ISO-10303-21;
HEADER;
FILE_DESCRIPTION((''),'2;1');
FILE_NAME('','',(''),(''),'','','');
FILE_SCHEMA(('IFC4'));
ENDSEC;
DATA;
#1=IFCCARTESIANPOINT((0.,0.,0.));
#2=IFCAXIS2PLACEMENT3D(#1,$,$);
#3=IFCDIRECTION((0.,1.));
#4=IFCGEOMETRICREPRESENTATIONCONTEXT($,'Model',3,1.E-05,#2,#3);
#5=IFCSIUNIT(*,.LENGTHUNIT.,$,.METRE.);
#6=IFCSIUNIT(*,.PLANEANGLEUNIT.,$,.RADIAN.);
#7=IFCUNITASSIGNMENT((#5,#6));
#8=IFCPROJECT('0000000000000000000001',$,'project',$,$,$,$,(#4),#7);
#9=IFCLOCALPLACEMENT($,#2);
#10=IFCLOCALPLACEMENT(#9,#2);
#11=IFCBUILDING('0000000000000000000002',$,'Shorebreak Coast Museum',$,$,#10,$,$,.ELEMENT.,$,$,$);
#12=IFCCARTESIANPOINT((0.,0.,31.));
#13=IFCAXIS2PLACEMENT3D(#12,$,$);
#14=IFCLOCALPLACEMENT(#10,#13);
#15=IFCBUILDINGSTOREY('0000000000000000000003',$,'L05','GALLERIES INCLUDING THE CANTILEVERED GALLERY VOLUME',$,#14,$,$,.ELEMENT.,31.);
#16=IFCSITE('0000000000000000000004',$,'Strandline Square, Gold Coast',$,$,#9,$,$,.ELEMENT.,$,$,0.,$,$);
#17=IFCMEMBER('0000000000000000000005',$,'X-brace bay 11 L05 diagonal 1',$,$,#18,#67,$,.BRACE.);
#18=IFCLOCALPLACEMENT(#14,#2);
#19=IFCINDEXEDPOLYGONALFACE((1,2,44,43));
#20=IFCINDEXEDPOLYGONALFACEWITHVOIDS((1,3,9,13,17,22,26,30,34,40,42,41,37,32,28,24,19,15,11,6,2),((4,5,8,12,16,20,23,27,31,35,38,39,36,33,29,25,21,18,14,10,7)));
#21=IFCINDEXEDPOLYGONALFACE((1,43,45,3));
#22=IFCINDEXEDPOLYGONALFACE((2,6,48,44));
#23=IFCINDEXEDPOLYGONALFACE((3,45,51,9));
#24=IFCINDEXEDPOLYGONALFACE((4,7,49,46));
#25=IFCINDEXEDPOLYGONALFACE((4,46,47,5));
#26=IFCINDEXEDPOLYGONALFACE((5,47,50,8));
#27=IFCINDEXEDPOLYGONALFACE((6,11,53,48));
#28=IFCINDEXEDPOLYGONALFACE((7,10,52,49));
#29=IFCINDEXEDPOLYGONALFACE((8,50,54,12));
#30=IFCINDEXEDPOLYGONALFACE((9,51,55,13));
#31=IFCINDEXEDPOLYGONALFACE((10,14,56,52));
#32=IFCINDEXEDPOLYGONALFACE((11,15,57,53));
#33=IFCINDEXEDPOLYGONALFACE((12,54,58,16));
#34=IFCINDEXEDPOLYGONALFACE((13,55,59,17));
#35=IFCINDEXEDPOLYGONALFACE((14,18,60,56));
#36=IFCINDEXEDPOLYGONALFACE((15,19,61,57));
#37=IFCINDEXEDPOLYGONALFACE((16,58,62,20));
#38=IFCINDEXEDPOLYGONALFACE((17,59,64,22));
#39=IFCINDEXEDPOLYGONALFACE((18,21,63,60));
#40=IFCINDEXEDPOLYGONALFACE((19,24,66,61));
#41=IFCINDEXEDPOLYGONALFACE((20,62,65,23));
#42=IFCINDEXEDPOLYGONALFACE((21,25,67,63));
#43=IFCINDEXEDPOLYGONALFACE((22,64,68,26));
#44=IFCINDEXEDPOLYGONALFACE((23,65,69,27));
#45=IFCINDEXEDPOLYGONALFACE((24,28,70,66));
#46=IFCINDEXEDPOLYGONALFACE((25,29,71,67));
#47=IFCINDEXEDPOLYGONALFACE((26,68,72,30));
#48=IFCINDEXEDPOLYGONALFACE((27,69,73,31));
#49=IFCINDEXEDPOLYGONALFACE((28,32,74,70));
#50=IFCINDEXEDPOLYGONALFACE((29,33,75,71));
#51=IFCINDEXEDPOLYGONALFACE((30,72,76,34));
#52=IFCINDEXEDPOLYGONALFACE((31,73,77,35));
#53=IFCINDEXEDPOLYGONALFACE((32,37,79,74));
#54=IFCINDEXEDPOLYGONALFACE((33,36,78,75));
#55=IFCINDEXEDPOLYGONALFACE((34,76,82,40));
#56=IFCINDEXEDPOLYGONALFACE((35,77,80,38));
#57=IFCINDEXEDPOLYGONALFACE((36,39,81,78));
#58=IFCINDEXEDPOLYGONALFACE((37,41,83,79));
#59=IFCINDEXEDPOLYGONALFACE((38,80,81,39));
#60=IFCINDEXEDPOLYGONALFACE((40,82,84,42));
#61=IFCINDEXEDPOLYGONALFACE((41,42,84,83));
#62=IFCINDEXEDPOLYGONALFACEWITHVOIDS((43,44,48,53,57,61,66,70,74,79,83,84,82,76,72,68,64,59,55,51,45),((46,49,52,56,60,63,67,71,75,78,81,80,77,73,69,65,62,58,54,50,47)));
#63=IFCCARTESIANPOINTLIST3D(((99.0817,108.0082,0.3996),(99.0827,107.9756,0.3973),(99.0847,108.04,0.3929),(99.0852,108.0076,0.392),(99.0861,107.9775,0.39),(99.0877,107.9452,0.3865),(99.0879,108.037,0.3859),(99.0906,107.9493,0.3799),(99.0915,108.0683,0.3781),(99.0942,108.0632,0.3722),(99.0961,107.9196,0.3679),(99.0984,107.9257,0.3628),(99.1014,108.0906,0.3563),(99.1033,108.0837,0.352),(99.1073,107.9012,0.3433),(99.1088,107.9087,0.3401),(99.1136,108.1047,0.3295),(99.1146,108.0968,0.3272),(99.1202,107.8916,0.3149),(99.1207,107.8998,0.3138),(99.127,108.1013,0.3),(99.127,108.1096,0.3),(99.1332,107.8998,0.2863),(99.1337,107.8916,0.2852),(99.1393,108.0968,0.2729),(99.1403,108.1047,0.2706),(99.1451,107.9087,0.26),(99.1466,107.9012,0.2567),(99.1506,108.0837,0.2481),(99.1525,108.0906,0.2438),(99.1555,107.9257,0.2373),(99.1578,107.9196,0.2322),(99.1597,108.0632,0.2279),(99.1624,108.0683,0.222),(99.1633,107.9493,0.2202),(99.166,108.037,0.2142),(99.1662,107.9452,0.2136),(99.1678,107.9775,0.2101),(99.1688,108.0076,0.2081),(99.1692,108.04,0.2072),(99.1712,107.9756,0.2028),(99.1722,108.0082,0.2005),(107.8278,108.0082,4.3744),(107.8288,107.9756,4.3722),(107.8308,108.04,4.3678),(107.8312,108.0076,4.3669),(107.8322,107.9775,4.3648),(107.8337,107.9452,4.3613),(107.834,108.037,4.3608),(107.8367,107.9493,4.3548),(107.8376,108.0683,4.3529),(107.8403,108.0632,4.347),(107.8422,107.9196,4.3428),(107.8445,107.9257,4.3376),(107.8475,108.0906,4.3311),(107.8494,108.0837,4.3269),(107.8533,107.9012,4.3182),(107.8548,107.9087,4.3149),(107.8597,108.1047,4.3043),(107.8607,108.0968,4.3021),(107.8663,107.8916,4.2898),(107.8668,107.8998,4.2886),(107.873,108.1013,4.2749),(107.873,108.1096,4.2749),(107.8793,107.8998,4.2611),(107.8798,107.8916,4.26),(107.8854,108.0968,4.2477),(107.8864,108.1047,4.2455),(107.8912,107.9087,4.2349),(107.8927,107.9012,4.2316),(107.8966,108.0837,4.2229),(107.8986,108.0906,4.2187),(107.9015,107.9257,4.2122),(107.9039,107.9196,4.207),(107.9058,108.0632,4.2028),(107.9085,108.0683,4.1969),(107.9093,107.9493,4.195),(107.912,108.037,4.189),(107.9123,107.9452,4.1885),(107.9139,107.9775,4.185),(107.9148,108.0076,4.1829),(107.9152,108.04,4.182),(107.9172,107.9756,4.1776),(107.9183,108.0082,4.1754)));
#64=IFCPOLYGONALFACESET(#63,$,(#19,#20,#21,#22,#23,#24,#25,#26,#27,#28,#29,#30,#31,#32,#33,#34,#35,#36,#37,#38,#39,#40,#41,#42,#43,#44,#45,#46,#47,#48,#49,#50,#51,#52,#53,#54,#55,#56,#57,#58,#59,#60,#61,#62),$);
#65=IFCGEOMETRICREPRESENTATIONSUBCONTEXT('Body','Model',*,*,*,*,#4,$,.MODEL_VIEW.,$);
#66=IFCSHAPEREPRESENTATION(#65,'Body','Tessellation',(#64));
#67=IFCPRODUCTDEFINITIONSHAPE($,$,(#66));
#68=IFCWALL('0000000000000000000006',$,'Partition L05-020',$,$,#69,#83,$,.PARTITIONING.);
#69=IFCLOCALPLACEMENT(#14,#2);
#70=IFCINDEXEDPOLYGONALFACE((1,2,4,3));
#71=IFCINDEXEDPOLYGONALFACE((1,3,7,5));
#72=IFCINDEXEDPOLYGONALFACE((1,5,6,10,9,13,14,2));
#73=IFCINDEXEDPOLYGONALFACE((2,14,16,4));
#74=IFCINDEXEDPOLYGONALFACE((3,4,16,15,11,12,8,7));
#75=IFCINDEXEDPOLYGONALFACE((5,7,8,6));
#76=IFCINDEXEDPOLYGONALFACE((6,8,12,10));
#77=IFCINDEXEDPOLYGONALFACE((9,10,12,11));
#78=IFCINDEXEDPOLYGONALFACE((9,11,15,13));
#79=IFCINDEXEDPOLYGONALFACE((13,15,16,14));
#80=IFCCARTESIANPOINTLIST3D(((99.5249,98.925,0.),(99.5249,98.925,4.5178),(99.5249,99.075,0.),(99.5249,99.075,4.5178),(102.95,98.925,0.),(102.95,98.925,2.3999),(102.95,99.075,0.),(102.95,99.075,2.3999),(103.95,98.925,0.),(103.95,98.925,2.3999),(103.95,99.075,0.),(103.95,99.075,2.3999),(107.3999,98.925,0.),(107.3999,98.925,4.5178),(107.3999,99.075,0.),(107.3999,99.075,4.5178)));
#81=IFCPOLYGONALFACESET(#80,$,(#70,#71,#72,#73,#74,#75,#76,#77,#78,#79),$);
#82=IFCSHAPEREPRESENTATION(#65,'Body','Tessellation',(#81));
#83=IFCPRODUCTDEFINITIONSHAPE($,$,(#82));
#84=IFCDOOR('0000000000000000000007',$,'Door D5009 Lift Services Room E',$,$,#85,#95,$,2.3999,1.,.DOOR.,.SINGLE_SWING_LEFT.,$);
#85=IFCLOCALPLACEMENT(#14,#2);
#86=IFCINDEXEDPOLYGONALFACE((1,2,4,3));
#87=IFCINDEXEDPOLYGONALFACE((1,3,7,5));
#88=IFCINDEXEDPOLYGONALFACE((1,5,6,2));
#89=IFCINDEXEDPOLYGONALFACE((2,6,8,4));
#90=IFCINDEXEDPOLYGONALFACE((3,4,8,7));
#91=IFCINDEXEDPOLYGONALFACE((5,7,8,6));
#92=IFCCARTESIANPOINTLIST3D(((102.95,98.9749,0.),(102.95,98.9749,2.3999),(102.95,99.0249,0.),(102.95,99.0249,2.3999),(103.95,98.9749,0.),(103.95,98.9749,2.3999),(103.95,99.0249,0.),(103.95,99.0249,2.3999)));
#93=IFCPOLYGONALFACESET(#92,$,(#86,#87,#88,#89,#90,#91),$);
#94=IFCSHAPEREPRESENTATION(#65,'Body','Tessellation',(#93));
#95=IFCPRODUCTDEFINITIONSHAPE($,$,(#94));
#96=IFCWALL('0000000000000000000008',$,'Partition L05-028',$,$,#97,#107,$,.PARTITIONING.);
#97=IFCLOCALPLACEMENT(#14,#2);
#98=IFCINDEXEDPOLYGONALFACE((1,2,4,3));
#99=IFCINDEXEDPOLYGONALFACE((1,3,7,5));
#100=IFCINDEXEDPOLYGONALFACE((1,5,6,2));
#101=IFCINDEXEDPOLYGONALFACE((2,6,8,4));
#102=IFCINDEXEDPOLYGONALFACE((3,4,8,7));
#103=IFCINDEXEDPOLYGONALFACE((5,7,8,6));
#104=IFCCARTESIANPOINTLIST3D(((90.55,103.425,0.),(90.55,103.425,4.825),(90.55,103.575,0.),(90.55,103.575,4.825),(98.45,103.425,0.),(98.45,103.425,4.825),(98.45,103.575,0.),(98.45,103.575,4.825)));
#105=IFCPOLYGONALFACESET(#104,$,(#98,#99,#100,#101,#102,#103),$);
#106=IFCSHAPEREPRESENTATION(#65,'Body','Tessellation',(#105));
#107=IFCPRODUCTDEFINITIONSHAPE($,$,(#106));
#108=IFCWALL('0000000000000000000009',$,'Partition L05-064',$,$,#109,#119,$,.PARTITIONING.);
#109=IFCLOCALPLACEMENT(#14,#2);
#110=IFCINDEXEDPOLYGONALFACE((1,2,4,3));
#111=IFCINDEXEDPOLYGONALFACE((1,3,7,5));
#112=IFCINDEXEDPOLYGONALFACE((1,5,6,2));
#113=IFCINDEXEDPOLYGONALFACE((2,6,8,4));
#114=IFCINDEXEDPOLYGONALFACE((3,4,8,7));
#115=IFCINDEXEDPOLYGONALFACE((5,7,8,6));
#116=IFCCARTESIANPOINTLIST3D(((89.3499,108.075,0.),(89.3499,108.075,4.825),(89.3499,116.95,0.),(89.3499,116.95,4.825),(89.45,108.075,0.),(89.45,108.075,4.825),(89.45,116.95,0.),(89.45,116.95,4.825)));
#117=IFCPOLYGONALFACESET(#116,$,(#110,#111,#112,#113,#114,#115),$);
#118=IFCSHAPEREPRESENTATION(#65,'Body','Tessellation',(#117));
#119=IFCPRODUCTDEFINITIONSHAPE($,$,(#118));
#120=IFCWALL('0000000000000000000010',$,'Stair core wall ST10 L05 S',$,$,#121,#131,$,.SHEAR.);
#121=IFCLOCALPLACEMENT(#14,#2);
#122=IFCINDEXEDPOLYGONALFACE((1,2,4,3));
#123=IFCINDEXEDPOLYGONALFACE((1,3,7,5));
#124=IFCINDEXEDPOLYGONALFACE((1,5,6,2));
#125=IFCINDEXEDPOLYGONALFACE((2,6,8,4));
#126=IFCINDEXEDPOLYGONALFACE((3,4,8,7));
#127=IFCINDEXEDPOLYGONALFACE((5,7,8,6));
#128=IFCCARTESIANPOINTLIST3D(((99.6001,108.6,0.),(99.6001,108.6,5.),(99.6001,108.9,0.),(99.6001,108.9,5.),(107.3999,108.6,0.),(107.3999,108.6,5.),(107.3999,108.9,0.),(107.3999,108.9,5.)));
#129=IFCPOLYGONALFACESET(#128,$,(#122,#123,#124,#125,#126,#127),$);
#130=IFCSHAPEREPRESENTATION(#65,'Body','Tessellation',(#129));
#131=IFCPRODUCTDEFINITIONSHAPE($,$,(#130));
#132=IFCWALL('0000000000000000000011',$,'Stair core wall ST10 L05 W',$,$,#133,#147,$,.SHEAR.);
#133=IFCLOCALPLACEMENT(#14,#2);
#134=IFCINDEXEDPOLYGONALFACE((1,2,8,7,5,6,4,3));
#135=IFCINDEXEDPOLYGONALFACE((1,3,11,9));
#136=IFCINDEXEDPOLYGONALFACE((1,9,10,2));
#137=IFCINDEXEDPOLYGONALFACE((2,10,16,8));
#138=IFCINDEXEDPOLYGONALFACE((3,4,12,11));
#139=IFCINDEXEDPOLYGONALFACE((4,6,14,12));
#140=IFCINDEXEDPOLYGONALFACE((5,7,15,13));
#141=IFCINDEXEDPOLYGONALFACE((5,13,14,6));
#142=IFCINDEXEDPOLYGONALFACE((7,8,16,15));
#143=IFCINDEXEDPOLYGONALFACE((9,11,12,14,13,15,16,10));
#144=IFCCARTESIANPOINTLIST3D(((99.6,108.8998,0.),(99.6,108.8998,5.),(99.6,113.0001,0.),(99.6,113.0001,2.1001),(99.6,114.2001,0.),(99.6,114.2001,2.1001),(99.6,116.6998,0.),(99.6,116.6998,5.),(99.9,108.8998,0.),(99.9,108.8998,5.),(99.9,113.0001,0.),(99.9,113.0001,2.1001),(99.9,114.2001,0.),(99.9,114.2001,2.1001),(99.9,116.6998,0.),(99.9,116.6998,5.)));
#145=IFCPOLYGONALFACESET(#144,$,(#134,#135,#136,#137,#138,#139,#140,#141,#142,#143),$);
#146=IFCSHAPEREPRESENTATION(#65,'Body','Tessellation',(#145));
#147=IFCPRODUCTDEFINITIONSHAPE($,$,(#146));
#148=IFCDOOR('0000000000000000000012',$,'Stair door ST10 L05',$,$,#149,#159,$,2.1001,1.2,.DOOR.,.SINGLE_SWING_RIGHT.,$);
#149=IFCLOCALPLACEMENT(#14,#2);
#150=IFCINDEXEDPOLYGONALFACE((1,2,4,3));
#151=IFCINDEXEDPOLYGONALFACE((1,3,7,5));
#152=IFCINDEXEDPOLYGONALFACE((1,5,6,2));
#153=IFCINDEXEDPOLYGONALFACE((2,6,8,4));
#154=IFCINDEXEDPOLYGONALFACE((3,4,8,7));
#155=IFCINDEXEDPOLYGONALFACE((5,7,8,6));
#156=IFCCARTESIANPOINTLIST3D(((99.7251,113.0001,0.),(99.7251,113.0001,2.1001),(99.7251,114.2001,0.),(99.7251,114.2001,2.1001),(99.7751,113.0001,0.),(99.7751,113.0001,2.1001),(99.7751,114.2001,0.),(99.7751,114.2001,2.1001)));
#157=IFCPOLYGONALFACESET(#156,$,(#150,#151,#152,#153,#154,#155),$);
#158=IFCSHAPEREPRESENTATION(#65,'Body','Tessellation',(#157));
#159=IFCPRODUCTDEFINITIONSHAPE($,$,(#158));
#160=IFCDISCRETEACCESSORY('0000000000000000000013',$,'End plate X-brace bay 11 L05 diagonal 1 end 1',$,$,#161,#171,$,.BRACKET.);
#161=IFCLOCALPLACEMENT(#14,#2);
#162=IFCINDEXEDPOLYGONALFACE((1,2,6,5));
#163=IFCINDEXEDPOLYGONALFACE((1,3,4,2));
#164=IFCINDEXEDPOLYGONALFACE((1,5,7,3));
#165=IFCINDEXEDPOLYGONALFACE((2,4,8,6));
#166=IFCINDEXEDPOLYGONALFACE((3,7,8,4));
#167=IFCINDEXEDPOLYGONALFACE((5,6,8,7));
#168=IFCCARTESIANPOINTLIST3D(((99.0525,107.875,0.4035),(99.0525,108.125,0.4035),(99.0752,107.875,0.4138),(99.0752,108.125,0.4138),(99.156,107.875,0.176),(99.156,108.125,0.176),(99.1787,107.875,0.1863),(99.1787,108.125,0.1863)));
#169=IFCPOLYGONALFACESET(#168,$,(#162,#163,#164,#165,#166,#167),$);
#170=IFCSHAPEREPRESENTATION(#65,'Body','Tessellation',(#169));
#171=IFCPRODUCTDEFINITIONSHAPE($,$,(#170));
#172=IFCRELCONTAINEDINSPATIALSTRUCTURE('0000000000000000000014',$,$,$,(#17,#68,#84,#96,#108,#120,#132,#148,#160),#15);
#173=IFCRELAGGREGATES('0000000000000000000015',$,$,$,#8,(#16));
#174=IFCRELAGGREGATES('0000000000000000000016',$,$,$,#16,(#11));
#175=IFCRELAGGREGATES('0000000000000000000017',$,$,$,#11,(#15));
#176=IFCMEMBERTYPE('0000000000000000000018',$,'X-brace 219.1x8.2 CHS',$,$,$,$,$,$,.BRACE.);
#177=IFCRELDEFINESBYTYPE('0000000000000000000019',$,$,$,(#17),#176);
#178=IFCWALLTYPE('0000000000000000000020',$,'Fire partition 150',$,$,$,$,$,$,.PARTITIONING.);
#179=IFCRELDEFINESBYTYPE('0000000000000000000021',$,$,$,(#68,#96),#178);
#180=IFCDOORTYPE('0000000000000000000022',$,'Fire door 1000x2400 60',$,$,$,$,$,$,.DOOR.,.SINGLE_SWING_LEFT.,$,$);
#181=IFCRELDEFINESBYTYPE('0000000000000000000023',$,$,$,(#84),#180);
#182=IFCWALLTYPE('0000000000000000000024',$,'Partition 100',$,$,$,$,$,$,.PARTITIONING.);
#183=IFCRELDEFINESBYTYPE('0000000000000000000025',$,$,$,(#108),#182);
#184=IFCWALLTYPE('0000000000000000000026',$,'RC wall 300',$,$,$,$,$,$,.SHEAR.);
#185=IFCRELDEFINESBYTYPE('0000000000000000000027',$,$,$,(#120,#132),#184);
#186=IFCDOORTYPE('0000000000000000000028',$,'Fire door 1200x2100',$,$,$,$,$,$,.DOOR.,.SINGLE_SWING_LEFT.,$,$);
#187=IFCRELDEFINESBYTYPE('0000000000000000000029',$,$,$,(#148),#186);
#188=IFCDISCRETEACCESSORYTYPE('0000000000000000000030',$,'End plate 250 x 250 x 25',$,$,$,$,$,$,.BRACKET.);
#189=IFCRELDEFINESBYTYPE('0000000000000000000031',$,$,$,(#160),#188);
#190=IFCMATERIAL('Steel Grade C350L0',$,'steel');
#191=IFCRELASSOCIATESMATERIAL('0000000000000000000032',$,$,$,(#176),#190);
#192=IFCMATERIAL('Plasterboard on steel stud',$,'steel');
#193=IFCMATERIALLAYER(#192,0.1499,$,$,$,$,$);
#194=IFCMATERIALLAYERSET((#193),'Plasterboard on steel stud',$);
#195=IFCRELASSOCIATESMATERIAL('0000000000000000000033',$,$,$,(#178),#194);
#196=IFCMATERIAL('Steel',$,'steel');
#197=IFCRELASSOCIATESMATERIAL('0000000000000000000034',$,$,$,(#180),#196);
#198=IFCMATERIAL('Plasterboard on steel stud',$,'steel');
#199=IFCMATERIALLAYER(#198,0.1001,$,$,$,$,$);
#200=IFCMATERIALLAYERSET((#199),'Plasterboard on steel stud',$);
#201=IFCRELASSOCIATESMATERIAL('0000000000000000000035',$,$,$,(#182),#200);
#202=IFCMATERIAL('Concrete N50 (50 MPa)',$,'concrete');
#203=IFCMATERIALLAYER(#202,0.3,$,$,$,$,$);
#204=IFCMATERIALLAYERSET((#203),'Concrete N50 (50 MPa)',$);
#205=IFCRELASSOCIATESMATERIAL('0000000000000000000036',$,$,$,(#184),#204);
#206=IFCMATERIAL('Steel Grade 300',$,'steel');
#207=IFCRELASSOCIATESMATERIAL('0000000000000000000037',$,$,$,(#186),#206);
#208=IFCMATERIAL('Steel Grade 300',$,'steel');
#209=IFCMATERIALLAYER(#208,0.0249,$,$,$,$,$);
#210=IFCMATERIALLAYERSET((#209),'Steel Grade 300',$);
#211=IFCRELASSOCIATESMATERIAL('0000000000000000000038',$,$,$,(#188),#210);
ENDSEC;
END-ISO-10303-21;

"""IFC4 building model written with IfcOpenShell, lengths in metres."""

from ifc_helpers import new_model, si_unit, direction, frame, frame_2d, origin, origin_2d, place, context, subcontext, project, spatial, polyline, rectangle, hollow_circle, outline, extrude, material, layer, layer_set, material_profile, profile_set, type_object, element, fill, save


model = new_model("IFC4")

# Units and contexts
model_context = context("Model", 3, precision=1e-05, world=origin(), true_north=direction((0.0, 1.0)))
body_context = subcontext(model_context, "Body", "Model", "MODEL_VIEW")
ifc_project = project(units=[si_unit("LENGTHUNIT", "METRE"), si_unit("PLANEANGLEUNIT", "RADIAN")], contexts=[model_context])

# Site, building, storey
site_placement = place(None, origin())
site = spatial("IfcSite", under=ifc_project, at=site_placement, Name="Strandline Square, Gold Coast", CompositionType="ELEMENT", RefElevation=0.0)
building_placement = place(site_placement, origin())
building = spatial("IfcBuilding", under=site, at=building_placement, Name="Shorebreak Coast Museum", CompositionType="ELEMENT")
storey_placement = place(building_placement, frame((0.0, 0.0, 31.0)))
storey = spatial("IfcBuildingStorey", under=building, at=storey_placement, Name="L05", Description="GALLERIES INCLUDING THE CANTILEVERED GALLERY VOLUME", CompositionType="ELEMENT", Elevation=31.0)

# Member
ifc_material_1 = material(Name="Steel Grade C350L0", Category="steel")
ifc_material_profile_1 = material_profile(ifc_material_1, hollow_circle(Radius=0.1096, WallThickness=0.0083, at=origin_2d()), Name="219.1x8.2 CHS")
ifc_profile_set_1 = profile_set([ifc_material_profile_1], Name="Steel Grade C350L0")
member_type_1 = type_object("IfcMemberType", Name="X-brace 219.1x8.2 CHS", PredefinedType="BRACE", material=ifc_profile_set_1)
member_placement = place(storey_placement, frame((99.127, 108.0, 0.3), z_axis=(0.910392, 0.0, 0.413747), x_axis=(0.0, 1.0, 0.0)))
element("IfcMember", 1, at=member_placement, inside=storey, type_object=member_type_1, Name="X-brace bay 11 L05 diagonal 1", PredefinedType="BRACE", context=body_context, shape_type="SweptSolid", body=[
    extrude(hollow_circle(Radius=0.1096, WallThickness=0.0083, at=origin_2d()), origin(), (0.0, 0.0, 1.0), 9.6069),
])

# Wall, opening, door
ifc_material_2 = material(Name="Plasterboard on steel stud", Category="steel")
ifc_layer_1 = layer(ifc_material_2, 0.1499)
ifc_layer_set_1 = layer_set([ifc_layer_1], Name="Plasterboard on steel stud")
wall_type_1 = type_object("IfcWallType", Name="Fire partition 150", PredefinedType="PARTITIONING", material=ifc_layer_set_1)
wall_1_placement = place(storey_placement, frame((99.5249, 99.0, 0.0), z_axis=(0.0, 0.0, 1.0), x_axis=(1.0, 0.0, 0.0)))
wall_1 = element("IfcWall", 2, at=wall_1_placement, inside=storey, type_object=wall_type_1, Name="Partition L05-020", PredefinedType="PARTITIONING", context=body_context, shape_type="SweptSolid", body=[
    extrude(rectangle(XDim=7.875, YDim=0.1499, at=frame_2d((3.9375, 0.0))), origin(), (0.0, 0.0, 1.0), 4.5178),
])
opening_1_placement = place(wall_1_placement, frame((3.425, 0.0, 0.0)))
opening_1 = element("IfcOpeningElement", 3, at=opening_1_placement, cuts=wall_1, PredefinedType="OPENING", context=body_context, shape_type="SweptSolid", body=[
    extrude(rectangle(XDim=1.0, YDim=2.3999, at=frame_2d((0.5, 1.2))), frame((0.0, 0.085, 0.0), z_axis=(0.0, -1.0, 0.0), x_axis=(1.0, 0.0, 0.0)), (0.0, 0.0, 1.0), 0.1699),
])
ifc_material_3 = material(Name="Steel", Category="steel")
door_type_1 = type_object("IfcDoorType", Name="Fire door 1000x2400 60", OperationType="SINGLE_SWING_LEFT", PredefinedType="DOOR", material=ifc_material_3)
door_1_placement = place(opening_1_placement, origin())
door_1 = element("IfcDoor", 4, at=door_1_placement, inside=storey, type_object=door_type_1, Name="Door D5009 Lift Services Room E", OperationType="SINGLE_SWING_LEFT", OverallHeight=2.3999, OverallWidth=1.0, PredefinedType="DOOR", context=body_context, shape_type="SweptSolid", body=[
    extrude(rectangle(XDim=1.0, YDim=2.3999, at=frame_2d((0.5, 1.2))), frame((0.0, 0.0249, 0.0), z_axis=(0.0, -1.0, 0.0), x_axis=(1.0, 0.0, 0.0)), (0.0, 0.0, 1.0), 0.05),
])
fill(opening_1, door_1)

# Walls
wall_2_placement = place(storey_placement, frame((90.55, 103.5, 0.0), z_axis=(0.0, 0.0, 1.0), x_axis=(1.0, 0.0, 0.0)))
element("IfcWall", 5, at=wall_2_placement, inside=storey, type_object=wall_type_1, Name="Partition L05-028", PredefinedType="PARTITIONING", context=body_context, shape_type="SweptSolid", body=[
    extrude(rectangle(XDim=7.8999, YDim=0.1499, at=frame_2d((3.95, 0.0))), origin(), (0.0, 0.0, 1.0), 4.825),
])
ifc_material_4 = material(Name="Plasterboard on steel stud", Category="steel")
ifc_layer_2 = layer(ifc_material_4, 0.1001)
ifc_layer_set_2 = layer_set([ifc_layer_2], Name="Plasterboard on steel stud")
wall_type_2 = type_object("IfcWallType", Name="Partition 100", PredefinedType="PARTITIONING", material=ifc_layer_set_2)
wall_3_placement = place(storey_placement, frame((89.3999, 108.075, 0.0), z_axis=(0.0, 0.0, 1.0), x_axis=(0.0, 1.0, 0.0)))
element("IfcWall", 6, at=wall_3_placement, inside=storey, type_object=wall_type_2, Name="Partition L05-064", PredefinedType="PARTITIONING", context=body_context, shape_type="SweptSolid", body=[
    extrude(rectangle(XDim=8.875, YDim=0.1001, at=frame_2d((4.4375, 0.0))), origin(), (0.0, 0.0, 1.0), 4.825),
])
ifc_material_5 = material(Name="Concrete N50 (50 MPa)", Category="concrete")
ifc_layer_3 = layer(ifc_material_5, 0.3)
ifc_layer_set_3 = layer_set([ifc_layer_3], Name="Concrete N50 (50 MPa)")
wall_type_3 = type_object("IfcWallType", Name="RC wall 300", PredefinedType="SHEAR", material=ifc_layer_set_3)
wall_4_placement = place(storey_placement, frame((99.6001, 108.75, 0.0), z_axis=(0.0, 0.0, 1.0), x_axis=(1.0, 0.0, 0.0)))
element("IfcWall", 7, at=wall_4_placement, inside=storey, type_object=wall_type_3, Name="Stair core wall ST10 L05 S", PredefinedType="SHEAR", context=body_context, shape_type="SweptSolid", body=[
    extrude(rectangle(XDim=7.7998, YDim=0.3, at=frame_2d((3.8999, 0.0))), origin(), (0.0, 0.0, 1.0), 5.0),
])

# Wall, opening, door
wall_5_placement = place(storey_placement, frame((99.75, 108.8999, 0.0), z_axis=(0.0, 0.0, 1.0), x_axis=(0.0, 1.0, 0.0)))
wall_5 = element("IfcWall", 8, at=wall_5_placement, inside=storey, type_object=wall_type_3, Name="Stair core wall ST10 L05 W", PredefinedType="SHEAR", context=body_context, shape_type="SweptSolid", body=[
    extrude(rectangle(XDim=7.8, YDim=0.3, at=frame_2d((3.8999, 0.0))), origin(), (0.0, 0.0, 1.0), 5.0),
])
opening_2_placement = place(wall_5_placement, frame((4.1001, 0.0, 0.0)))
opening_2 = element("IfcOpeningElement", 9, at=opening_2_placement, cuts=wall_5, PredefinedType="OPENING", context=body_context, shape_type="SweptSolid", body=[
    extrude(rectangle(XDim=1.2, YDim=2.1001, at=frame_2d((0.6001, 1.05))), frame((0.0, 0.1599, 0.0), z_axis=(0.0, -1.0, 0.0), x_axis=(1.0, 0.0, 0.0)), (0.0, 0.0, 1.0), 0.3201),
])
ifc_material_6 = material(Name="Steel Grade 300", Category="steel")
door_type_2 = type_object("IfcDoorType", Name="Fire door 1200x2100", OperationType="SINGLE_SWING_LEFT", PredefinedType="DOOR", material=ifc_material_6)
door_2_placement = place(opening_2_placement, origin())
door_2 = element("IfcDoor", 10, at=door_2_placement, inside=storey, type_object=door_type_2, Name="Stair door ST10 L05", OperationType="SINGLE_SWING_RIGHT", OverallHeight=2.1001, OverallWidth=1.2, PredefinedType="DOOR", context=body_context, shape_type="SweptSolid", body=[
    extrude(rectangle(XDim=1.2, YDim=2.1001, at=frame_2d((0.6001, 1.05))), frame((0.0, 0.0249, 0.0), z_axis=(0.0, -1.0, 0.0), x_axis=(1.0, 0.0, 0.0)), (0.0, 0.0, 1.0), 0.05),
])
fill(opening_2, door_2)

# Discrete accessory
ifc_material_7 = material(Name="Steel Grade 300", Category="steel")
ifc_layer_4 = layer(ifc_material_7, 0.0249)
ifc_layer_set_4 = layer_set([ifc_layer_4], Name="Steel Grade 300")
discrete_accessory_type = type_object("IfcDiscreteAccessoryType", Name="End plate 250 x 250 x 25", PredefinedType="BRACKET", material=ifc_layer_set_4)
discrete_accessory_1_placement = place(storey_placement, frame((99.1787, 107.875, 0.1863), z_axis=(0.910233, 0.0, 0.414097), x_axis=(0.0, 1.0, 0.0)))
element("IfcDiscreteAccessory", 11, at=discrete_accessory_1_placement, inside=storey, type_object=discrete_accessory_type, Name="End plate X-brace bay 11 L05 diagonal 1 end 1", PredefinedType="BRACKET", context=body_context, shape_type="SweptSolid", body=[
    extrude(outline(polyline([(0.0, 0.0), (0.25, 0.0), (0.25, 0.25), (0.0, 0.25), (0.0, 0.0)])), origin(), (0.0, 0.0, -1.0), 0.0249),
])

save(model, "model.ifc")
